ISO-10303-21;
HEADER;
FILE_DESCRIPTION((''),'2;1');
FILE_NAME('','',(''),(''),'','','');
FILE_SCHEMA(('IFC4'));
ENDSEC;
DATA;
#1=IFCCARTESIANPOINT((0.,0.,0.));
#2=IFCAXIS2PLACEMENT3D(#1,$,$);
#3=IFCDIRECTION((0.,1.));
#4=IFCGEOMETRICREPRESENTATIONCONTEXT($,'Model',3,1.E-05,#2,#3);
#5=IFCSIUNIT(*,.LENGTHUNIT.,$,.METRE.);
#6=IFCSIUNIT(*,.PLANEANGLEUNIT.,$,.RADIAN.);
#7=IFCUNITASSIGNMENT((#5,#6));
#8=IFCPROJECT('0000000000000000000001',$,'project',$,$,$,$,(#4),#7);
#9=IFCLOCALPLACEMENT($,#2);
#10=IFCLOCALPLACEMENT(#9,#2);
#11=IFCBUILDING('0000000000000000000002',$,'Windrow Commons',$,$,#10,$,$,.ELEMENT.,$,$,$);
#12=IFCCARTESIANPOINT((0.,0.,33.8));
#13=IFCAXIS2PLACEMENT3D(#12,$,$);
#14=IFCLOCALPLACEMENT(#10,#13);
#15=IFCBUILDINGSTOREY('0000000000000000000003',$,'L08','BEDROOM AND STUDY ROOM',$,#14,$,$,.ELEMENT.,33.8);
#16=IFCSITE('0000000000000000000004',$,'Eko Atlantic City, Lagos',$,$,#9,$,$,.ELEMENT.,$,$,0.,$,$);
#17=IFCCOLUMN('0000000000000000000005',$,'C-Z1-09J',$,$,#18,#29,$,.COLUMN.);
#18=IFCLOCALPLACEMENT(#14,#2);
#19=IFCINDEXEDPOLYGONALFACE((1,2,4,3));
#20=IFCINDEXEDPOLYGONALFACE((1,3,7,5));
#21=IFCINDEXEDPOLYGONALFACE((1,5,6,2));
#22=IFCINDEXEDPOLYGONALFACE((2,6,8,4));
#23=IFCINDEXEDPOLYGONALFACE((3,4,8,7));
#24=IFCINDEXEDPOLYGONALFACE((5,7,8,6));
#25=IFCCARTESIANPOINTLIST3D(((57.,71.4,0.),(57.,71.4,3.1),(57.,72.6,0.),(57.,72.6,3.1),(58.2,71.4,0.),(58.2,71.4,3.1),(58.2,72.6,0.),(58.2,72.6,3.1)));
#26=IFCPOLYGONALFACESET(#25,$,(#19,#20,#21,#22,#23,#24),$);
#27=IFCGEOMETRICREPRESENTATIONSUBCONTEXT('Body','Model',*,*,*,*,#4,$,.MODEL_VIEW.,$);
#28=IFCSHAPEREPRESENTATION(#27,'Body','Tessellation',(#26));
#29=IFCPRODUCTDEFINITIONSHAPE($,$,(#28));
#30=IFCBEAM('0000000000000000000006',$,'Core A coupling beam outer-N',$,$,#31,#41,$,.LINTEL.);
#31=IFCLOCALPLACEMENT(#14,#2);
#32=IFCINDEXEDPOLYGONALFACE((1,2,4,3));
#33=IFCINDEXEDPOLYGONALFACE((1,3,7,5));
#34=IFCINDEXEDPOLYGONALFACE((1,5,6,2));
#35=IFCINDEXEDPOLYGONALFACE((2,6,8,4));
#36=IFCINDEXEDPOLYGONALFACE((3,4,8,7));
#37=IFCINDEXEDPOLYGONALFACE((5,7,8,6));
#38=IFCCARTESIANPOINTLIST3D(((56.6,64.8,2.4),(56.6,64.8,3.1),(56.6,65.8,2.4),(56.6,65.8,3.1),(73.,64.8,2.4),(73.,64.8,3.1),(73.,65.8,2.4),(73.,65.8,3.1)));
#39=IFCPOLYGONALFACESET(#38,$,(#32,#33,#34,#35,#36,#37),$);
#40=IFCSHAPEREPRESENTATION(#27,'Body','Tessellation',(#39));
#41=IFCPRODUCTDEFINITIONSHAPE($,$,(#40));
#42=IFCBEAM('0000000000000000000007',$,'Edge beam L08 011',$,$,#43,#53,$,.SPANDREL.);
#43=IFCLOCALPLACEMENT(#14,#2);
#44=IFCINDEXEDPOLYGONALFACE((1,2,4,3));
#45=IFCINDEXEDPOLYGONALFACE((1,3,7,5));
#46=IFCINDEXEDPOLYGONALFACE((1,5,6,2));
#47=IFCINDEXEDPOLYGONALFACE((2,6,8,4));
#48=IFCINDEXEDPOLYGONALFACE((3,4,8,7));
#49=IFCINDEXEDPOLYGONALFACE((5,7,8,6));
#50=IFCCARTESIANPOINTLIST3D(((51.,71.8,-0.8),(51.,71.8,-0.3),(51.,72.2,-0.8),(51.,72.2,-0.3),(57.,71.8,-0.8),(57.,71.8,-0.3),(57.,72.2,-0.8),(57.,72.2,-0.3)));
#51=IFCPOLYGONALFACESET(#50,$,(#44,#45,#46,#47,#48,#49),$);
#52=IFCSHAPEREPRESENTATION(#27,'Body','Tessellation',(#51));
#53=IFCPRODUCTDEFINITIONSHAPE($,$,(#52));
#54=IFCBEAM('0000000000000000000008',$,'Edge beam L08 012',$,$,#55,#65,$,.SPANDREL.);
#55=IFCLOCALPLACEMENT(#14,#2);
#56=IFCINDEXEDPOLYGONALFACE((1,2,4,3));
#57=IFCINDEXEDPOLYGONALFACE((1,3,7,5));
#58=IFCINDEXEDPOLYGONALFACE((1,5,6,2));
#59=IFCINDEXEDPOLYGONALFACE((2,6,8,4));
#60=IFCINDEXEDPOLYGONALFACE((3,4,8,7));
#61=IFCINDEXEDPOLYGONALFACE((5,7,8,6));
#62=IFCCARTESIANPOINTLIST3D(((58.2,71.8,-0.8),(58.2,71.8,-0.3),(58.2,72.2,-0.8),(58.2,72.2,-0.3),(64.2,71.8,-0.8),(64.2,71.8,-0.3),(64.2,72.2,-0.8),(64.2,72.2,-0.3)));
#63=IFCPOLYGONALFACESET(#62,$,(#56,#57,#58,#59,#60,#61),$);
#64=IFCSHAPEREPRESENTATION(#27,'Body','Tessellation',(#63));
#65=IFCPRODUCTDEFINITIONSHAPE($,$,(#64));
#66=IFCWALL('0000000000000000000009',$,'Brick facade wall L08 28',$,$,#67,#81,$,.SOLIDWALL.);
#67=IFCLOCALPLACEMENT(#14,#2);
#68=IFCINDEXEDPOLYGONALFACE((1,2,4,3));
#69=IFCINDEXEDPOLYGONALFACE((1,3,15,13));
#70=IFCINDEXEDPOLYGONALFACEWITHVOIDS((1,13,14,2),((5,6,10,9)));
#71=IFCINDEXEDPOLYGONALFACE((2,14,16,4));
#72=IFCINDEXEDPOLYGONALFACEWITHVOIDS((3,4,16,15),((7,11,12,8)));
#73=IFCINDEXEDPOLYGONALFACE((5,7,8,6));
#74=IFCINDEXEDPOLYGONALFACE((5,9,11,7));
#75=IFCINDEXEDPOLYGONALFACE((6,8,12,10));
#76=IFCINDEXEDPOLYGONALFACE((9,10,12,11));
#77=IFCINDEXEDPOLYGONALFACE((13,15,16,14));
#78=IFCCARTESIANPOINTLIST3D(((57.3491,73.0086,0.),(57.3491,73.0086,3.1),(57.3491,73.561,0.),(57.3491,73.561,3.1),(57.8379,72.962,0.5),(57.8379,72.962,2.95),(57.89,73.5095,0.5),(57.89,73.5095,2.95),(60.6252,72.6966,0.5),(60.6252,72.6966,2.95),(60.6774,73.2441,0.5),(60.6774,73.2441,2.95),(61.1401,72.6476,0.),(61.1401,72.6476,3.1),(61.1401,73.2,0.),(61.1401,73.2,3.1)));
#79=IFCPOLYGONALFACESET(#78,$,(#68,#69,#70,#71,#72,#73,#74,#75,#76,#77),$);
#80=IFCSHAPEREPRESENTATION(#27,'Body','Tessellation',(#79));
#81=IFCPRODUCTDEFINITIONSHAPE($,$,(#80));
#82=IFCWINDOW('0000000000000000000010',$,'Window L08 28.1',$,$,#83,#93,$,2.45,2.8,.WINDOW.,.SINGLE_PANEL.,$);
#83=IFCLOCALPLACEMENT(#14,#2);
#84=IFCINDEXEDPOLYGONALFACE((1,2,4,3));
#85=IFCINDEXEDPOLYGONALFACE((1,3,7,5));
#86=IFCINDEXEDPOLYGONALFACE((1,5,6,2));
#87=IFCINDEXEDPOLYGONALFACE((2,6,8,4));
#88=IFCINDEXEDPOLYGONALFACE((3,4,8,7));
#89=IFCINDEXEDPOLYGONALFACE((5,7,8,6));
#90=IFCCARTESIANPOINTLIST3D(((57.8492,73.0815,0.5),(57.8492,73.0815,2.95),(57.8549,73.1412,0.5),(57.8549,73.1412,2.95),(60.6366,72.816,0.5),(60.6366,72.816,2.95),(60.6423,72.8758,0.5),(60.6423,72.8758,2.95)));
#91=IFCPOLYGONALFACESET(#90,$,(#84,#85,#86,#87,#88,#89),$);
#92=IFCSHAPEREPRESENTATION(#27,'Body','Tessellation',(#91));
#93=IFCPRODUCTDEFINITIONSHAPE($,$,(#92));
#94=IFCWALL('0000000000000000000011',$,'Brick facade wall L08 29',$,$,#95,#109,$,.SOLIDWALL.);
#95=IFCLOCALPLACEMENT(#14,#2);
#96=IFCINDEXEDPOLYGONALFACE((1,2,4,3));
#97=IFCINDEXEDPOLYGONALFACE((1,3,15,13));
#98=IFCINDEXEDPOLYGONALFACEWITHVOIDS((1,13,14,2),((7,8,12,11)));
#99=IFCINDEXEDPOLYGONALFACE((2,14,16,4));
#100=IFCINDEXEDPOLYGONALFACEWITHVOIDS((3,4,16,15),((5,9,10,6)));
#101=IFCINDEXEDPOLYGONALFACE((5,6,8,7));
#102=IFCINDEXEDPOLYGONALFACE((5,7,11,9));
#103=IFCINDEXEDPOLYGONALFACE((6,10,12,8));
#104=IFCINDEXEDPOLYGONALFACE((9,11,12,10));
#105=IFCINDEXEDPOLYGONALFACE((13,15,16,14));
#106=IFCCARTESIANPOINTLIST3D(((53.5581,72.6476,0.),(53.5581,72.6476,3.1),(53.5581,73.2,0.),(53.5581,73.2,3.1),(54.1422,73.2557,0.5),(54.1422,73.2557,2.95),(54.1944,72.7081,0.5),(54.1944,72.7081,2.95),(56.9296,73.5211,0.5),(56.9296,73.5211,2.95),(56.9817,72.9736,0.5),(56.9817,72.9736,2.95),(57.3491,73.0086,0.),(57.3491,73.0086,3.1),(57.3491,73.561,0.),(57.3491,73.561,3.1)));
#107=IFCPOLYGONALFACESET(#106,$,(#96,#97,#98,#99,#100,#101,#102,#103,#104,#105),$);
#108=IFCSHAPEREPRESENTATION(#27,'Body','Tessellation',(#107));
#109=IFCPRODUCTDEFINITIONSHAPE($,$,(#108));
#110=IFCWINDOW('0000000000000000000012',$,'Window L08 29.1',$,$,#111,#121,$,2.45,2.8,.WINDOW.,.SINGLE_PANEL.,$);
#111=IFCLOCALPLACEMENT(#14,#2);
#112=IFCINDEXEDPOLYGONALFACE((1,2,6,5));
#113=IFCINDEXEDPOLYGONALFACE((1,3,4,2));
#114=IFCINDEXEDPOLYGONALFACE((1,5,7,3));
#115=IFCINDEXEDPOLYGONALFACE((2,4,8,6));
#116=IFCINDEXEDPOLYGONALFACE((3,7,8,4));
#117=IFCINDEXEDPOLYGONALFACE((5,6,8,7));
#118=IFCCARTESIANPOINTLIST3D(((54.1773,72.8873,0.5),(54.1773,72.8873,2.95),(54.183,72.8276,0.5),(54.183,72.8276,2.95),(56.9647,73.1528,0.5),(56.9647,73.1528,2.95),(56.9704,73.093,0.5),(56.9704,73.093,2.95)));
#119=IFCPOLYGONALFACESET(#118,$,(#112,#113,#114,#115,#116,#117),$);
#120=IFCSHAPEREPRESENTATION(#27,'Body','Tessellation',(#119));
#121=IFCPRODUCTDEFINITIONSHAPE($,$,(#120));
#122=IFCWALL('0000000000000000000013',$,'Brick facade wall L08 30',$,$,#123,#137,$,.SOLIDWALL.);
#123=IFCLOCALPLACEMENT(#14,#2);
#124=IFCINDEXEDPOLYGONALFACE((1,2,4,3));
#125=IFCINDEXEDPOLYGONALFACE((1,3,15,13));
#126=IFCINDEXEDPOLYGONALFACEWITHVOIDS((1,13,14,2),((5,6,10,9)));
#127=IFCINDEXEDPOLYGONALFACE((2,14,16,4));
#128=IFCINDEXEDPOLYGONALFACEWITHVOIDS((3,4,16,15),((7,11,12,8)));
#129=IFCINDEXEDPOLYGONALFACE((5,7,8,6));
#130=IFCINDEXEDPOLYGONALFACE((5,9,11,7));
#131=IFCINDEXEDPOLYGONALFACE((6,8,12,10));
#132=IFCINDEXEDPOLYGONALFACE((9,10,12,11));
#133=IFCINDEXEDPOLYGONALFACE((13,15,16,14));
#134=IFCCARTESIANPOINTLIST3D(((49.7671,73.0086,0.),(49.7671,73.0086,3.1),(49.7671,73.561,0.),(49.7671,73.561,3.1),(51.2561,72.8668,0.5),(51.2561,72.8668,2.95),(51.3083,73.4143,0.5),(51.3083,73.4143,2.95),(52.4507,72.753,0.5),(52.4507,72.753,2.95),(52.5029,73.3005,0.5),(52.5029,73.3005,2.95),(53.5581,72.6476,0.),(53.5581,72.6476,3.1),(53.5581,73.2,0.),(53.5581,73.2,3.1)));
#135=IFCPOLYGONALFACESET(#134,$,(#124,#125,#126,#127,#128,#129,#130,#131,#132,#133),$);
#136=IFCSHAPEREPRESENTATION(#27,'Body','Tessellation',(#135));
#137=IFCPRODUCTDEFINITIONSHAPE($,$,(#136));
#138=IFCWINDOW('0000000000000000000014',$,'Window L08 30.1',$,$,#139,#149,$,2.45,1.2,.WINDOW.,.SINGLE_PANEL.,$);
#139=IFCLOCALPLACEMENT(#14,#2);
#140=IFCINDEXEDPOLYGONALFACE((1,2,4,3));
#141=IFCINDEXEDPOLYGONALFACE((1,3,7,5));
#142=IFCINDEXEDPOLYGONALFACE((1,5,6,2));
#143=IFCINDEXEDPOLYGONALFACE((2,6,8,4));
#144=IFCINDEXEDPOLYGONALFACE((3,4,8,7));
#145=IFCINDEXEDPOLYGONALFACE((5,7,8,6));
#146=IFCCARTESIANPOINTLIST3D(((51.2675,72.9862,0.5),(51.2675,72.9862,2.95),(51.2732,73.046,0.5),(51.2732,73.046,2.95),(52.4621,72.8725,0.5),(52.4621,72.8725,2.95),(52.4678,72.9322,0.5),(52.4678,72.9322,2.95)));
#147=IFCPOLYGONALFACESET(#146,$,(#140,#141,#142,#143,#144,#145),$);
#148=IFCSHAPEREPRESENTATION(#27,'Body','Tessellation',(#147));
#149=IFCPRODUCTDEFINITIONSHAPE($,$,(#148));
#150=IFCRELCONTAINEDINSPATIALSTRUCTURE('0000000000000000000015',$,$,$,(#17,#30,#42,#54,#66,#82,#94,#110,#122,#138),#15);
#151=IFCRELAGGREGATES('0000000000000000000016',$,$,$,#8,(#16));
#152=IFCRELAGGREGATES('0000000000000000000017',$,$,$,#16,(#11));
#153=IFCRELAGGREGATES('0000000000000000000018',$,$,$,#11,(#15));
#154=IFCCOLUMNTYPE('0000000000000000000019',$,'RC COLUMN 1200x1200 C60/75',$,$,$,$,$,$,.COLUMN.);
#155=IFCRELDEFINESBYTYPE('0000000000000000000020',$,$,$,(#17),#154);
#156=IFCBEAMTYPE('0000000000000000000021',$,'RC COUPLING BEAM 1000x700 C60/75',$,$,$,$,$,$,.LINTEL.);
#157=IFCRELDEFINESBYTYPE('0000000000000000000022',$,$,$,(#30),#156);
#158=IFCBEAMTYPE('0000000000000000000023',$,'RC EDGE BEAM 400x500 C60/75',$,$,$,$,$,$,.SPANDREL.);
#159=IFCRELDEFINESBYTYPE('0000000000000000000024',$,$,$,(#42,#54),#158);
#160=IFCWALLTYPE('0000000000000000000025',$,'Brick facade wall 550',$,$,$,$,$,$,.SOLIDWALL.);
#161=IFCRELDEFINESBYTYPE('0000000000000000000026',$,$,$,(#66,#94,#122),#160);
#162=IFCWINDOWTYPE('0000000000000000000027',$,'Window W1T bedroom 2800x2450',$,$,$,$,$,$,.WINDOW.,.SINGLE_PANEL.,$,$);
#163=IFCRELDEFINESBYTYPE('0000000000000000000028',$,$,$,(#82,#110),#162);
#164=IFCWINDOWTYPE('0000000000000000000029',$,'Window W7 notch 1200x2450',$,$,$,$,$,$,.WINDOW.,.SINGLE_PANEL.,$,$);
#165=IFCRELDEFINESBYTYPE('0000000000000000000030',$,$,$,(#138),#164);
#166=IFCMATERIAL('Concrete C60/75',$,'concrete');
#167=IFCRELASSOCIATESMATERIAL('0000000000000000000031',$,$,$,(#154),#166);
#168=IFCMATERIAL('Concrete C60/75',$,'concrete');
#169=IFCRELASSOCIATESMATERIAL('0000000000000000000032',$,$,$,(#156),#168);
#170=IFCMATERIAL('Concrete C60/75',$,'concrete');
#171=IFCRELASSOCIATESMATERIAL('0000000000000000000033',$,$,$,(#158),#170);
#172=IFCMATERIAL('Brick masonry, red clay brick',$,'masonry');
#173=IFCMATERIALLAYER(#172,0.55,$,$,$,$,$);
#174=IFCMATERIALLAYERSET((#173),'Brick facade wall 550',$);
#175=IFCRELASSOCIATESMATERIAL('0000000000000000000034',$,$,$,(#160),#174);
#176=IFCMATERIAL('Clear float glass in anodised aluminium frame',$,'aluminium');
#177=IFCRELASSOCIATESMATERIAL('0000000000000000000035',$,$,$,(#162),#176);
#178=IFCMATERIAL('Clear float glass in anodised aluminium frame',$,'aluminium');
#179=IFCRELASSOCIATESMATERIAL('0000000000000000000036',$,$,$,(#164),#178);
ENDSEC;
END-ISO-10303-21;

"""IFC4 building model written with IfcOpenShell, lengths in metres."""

from ifc_helpers import new_model, si_unit, direction, frame, frame_2d, origin, origin_2d, place, context, subcontext, project, spatial, polyline, rectangle, outline, extrude, material, layer, layer_set, material_profile, profile_set, type_object, element, fill, save


model = new_model("IFC4")

# Units and contexts
model_context = context("Model", 3, precision=1e-05, world=origin(), true_north=direction((0.0, 1.0)))
body_context = subcontext(model_context, "Body", "Model", "MODEL_VIEW")
ifc_project = project(units=[si_unit("LENGTHUNIT", "METRE"), si_unit("PLANEANGLEUNIT", "RADIAN")], contexts=[model_context])

# Site, building, storey
site_placement = place(None, origin())
site = spatial("IfcSite", under=ifc_project, at=site_placement, Name="Eko Atlantic City, Lagos", CompositionType="ELEMENT", RefElevation=0.0)
building_placement = place(site_placement, origin())
building = spatial("IfcBuilding", under=site, at=building_placement, Name="Windrow Commons", CompositionType="ELEMENT")
storey_placement = place(building_placement, frame((0.0, 0.0, 33.8)))
storey = spatial("IfcBuildingStorey", under=building, at=storey_placement, Name="L08", Description="BEDROOM AND STUDY ROOM", CompositionType="ELEMENT", Elevation=33.8)

# Column
ifc_material_1 = material(Name="Concrete C60/75", Category="concrete")
ifc_material_profile_1 = material_profile(ifc_material_1, rectangle(XDim=1.2, YDim=1.2, at=origin_2d()))
ifc_profile_set_1 = profile_set([ifc_material_profile_1], Name="Concrete C60/75")
column_type = type_object("IfcColumnType", Name="RC COLUMN 1200x1200 C60/75", PredefinedType="COLUMN", material=ifc_profile_set_1)
column_placement = place(storey_placement, frame((57.6, 72.0, 0.0), z_axis=(0.0, 0.0, 1.0), x_axis=(1.0, 0.0, 0.0)))
element("IfcColumn", 1, at=column_placement, inside=storey, type_object=column_type, Name="C-Z1-09J", PredefinedType="COLUMN", context=body_context, shape_type="SweptSolid", body=[
    extrude(rectangle(XDim=1.2, YDim=1.2, at=origin_2d()), origin(), (0.0, 0.0, 1.0), 3.1),
])

# Beams
ifc_material_2 = material(Name="Concrete C60/75", Category="concrete")
ifc_material_profile_2 = material_profile(ifc_material_2, rectangle(XDim=1.0, YDim=0.7, at=origin_2d()))
ifc_profile_set_2 = profile_set([ifc_material_profile_2], Name="Concrete C60/75")
beam_type_1 = type_object("IfcBeamType", Name="RC COUPLING BEAM 1000x700 C60/75", PredefinedType="LINTEL", material=ifc_profile_set_2)
beam_placement = place(storey_placement, frame((56.6, 65.3, 2.75), z_axis=(1.0, 0.0, 0.0), x_axis=(0.0, 1.0, 0.0)))
element("IfcBeam", 2, at=beam_placement, inside=storey, type_object=beam_type_1, Name="Core A coupling beam outer-N", PredefinedType="LINTEL", context=body_context, shape_type="SweptSolid", body=[
    extrude(rectangle(XDim=1.0, YDim=0.7, at=origin_2d()), origin(), (0.0, 0.0, 1.0), 16.4),
])
ifc_material_3 = material(Name="Concrete C60/75", Category="concrete")
ifc_material_profile_3 = material_profile(ifc_material_3, rectangle(XDim=0.4, YDim=0.5, at=origin_2d()))
ifc_profile_set_3 = profile_set([ifc_material_profile_3], Name="Concrete C60/75")
beam_type_2 = type_object("IfcBeamType", Name="RC EDGE BEAM 400x500 C60/75", PredefinedType="SPANDREL", material=ifc_profile_set_3)
for number, where, z_axis, x_axis, name in (
    (3, (51.0, 72.0, -0.55), (1.0, 0.0, 0.0), (0.0, 1.0, 0.0), "Edge beam L08 011"),
    (4, (58.2, 72.0, -0.55), (1.0, 0.0, 0.0), (0.0, 1.0, 0.0), "Edge beam L08 012"),
):
    element("IfcBeam", number, at=place(storey_placement, frame(where, z_axis=z_axis, x_axis=x_axis)), inside=storey, type_object=beam_type_2, Name=name, PredefinedType="SPANDREL", context=body_context, shape_type="SweptSolid", body=[
        extrude(rectangle(XDim=0.4, YDim=0.5, at=origin_2d()), origin(), (0.0, 0.0, 1.0), 6.0),
    ])

# Walls, openings, windows
ifc_material_4 = material(Name="Brick masonry, red clay brick", Category="masonry")
ifc_layer_1 = layer(ifc_material_4, 0.55)
ifc_layer_set_1 = layer_set([ifc_layer_1], Name="Brick facade wall 550")
wall_type_1 = type_object("IfcWallType", Name="Brick facade wall 550", PredefinedType="SOLIDWALL", material=ifc_layer_set_1)
wall_1_placement = place(storey_placement, frame((61.1401, 72.9238, 0.0), z_axis=(0.0, 0.0, 1.0), x_axis=(-0.995497, 0.094797, 0.0)))
wall_1 = element("IfcWall", 5, at=wall_1_placement, inside=storey, type_object=wall_type_1, Name="Brick facade wall L08 28", PredefinedType="SOLIDWALL", context=body_context, shape_type="SweptSolid", body=[
    extrude(outline(polyline([(0.0262, -0.275), (3.8343, -0.275), (3.782, 0.275), (-0.0262, 0.275), (0.0262, -0.275)])), origin(), (0.0, 0.0, 1.0), 3.1),
])
opening_1_placement = place(wall_1_placement, frame((0.491, 0.0, 0.5)))
opening_1 = element("IfcOpeningElement", 6, at=opening_1_placement, cuts=wall_1, PredefinedType="OPENING", context=body_context, shape_type="SweptSolid", body=[
    extrude(rectangle(XDim=2.8, YDim=2.45, at=frame_2d((1.4, 1.225))), frame((0.0, 0.285, 0.0), z_axis=(0.0, -1.0, 0.0), x_axis=(1.0, 0.0, 0.0)), (0.0, 0.0, 1.0), 0.57),
])
ifc_material_5 = material(Name="Clear float glass in anodised aluminium frame", Category="aluminium")
window_type_1 = type_object("IfcWindowType", Name="Window W1T bedroom 2800x2450", PartitioningType="SINGLE_PANEL", PredefinedType="WINDOW", material=ifc_material_5)
window_1_placement = place(opening_1_placement, origin())
window_1 = element("IfcWindow", 7, at=window_1_placement, inside=storey, type_object=window_type_1, Name="Window L08 28.1", OverallHeight=2.45, OverallWidth=2.8, PartitioningType="SINGLE_PANEL", PredefinedType="WINDOW", context=body_context, shape_type="SweptSolid", body=[
    extrude(rectangle(XDim=2.8, YDim=2.45, at=frame_2d((1.4, 1.225))), frame((0.0, 0.155, 0.0), z_axis=(0.0, -1.0, 0.0), x_axis=(1.0, 0.0, 0.0)), (0.0, 0.0, 1.0), 0.06),
])
fill(opening_1, window_1)
wall_2_placement = place(storey_placement, frame((57.3491, 73.2848, 0.0), z_axis=(0.0, 0.0, 1.0), x_axis=(-0.995497, -0.094797, 0.0)))
wall_2 = element("IfcWall", 8, at=wall_2_placement, inside=storey, type_object=wall_type_1, Name="Brick facade wall L08 29", PredefinedType="SOLIDWALL", context=body_context, shape_type="SweptSolid", body=[
    extrude(outline(polyline([(-0.0262, -0.275), (3.782, -0.275), (3.8343, 0.275), (0.0262, 0.275), (-0.0262, -0.275)])), origin(), (0.0, 0.0, 1.0), 3.1),
])
opening_2_placement = place(wall_2_placement, frame((0.3952, 0.0, 0.5)))
opening_2 = element("IfcOpeningElement", 9, at=opening_2_placement, cuts=wall_2, PredefinedType="OPENING", context=body_context, shape_type="SweptSolid", body=[
    extrude(rectangle(XDim=2.8, YDim=2.45, at=frame_2d((1.4, 1.225))), frame((0.0, 0.285, 0.0), z_axis=(0.0, -1.0, 0.0), x_axis=(1.0, 0.0, 0.0)), (0.0, 0.0, 1.0), 0.57),
])
window_2_placement = place(opening_2_placement, origin())
window_2 = element("IfcWindow", 10, at=window_2_placement, inside=storey, type_object=window_type_1, Name="Window L08 29.1", OverallHeight=2.45, OverallWidth=2.8, PartitioningType="SINGLE_PANEL", PredefinedType="WINDOW", context=body_context, shape_type="SweptSolid", body=[
    extrude(rectangle(XDim=2.8, YDim=2.45, at=frame_2d((1.4, 1.225))), frame((0.0, 0.155, 0.0), z_axis=(0.0, -1.0, 0.0), x_axis=(1.0, 0.0, 0.0)), (0.0, 0.0, 1.0), 0.06),
])
fill(opening_2, window_2)
wall_3_placement = place(storey_placement, frame((53.5581, 72.9238, 0.0), z_axis=(0.0, 0.0, 1.0), x_axis=(-0.995497, 0.094797, 0.0)))
wall_3 = element("IfcWall", 11, at=wall_3_placement, inside=storey, type_object=wall_type_1, Name="Brick facade wall L08 30", PredefinedType="SOLIDWALL", context=body_context, shape_type="SweptSolid", body=[
    extrude(outline(polyline([(0.0262, -0.275), (3.8343, -0.275), (3.782, 0.275), (-0.0262, 0.275), (0.0262, -0.275)])), origin(), (0.0, 0.0, 1.0), 3.1),
])
opening_3_placement = place(wall_3_placement, frame((1.0862, 0.0, 0.5)))
opening_3 = element("IfcOpeningElement", 12, at=opening_3_placement, cuts=wall_3, PredefinedType="OPENING", context=body_context, shape_type="SweptSolid", body=[
    extrude(rectangle(XDim=1.2, YDim=2.45, at=frame_2d((0.6, 1.225))), frame((0.0, 0.285, 0.0), z_axis=(0.0, -1.0, 0.0), x_axis=(1.0, 0.0, 0.0)), (0.0, 0.0, 1.0), 0.57),
])
ifc_material_6 = material(Name="Clear float glass in anodised aluminium frame", Category="aluminium")
window_type_2 = type_object("IfcWindowType", Name="Window W7 notch 1200x2450", PartitioningType="SINGLE_PANEL", PredefinedType="WINDOW", material=ifc_material_6)
window_3_placement = place(opening_3_placement, origin())
window_3 = element("IfcWindow", 13, at=window_3_placement, inside=storey, type_object=window_type_2, Name="Window L08 30.1", OverallHeight=2.45, OverallWidth=1.2, PartitioningType="SINGLE_PANEL", PredefinedType="WINDOW", context=body_context, shape_type="SweptSolid", body=[
    extrude(rectangle(XDim=1.2, YDim=2.45, at=frame_2d((0.6, 1.225))), frame((0.0, 0.155, 0.0), z_axis=(0.0, -1.0, 0.0), x_axis=(1.0, 0.0, 0.0)), (0.0, 0.0, 1.0), 0.06),
])
fill(opening_3, window_3)

save(model, "model.ifc")
